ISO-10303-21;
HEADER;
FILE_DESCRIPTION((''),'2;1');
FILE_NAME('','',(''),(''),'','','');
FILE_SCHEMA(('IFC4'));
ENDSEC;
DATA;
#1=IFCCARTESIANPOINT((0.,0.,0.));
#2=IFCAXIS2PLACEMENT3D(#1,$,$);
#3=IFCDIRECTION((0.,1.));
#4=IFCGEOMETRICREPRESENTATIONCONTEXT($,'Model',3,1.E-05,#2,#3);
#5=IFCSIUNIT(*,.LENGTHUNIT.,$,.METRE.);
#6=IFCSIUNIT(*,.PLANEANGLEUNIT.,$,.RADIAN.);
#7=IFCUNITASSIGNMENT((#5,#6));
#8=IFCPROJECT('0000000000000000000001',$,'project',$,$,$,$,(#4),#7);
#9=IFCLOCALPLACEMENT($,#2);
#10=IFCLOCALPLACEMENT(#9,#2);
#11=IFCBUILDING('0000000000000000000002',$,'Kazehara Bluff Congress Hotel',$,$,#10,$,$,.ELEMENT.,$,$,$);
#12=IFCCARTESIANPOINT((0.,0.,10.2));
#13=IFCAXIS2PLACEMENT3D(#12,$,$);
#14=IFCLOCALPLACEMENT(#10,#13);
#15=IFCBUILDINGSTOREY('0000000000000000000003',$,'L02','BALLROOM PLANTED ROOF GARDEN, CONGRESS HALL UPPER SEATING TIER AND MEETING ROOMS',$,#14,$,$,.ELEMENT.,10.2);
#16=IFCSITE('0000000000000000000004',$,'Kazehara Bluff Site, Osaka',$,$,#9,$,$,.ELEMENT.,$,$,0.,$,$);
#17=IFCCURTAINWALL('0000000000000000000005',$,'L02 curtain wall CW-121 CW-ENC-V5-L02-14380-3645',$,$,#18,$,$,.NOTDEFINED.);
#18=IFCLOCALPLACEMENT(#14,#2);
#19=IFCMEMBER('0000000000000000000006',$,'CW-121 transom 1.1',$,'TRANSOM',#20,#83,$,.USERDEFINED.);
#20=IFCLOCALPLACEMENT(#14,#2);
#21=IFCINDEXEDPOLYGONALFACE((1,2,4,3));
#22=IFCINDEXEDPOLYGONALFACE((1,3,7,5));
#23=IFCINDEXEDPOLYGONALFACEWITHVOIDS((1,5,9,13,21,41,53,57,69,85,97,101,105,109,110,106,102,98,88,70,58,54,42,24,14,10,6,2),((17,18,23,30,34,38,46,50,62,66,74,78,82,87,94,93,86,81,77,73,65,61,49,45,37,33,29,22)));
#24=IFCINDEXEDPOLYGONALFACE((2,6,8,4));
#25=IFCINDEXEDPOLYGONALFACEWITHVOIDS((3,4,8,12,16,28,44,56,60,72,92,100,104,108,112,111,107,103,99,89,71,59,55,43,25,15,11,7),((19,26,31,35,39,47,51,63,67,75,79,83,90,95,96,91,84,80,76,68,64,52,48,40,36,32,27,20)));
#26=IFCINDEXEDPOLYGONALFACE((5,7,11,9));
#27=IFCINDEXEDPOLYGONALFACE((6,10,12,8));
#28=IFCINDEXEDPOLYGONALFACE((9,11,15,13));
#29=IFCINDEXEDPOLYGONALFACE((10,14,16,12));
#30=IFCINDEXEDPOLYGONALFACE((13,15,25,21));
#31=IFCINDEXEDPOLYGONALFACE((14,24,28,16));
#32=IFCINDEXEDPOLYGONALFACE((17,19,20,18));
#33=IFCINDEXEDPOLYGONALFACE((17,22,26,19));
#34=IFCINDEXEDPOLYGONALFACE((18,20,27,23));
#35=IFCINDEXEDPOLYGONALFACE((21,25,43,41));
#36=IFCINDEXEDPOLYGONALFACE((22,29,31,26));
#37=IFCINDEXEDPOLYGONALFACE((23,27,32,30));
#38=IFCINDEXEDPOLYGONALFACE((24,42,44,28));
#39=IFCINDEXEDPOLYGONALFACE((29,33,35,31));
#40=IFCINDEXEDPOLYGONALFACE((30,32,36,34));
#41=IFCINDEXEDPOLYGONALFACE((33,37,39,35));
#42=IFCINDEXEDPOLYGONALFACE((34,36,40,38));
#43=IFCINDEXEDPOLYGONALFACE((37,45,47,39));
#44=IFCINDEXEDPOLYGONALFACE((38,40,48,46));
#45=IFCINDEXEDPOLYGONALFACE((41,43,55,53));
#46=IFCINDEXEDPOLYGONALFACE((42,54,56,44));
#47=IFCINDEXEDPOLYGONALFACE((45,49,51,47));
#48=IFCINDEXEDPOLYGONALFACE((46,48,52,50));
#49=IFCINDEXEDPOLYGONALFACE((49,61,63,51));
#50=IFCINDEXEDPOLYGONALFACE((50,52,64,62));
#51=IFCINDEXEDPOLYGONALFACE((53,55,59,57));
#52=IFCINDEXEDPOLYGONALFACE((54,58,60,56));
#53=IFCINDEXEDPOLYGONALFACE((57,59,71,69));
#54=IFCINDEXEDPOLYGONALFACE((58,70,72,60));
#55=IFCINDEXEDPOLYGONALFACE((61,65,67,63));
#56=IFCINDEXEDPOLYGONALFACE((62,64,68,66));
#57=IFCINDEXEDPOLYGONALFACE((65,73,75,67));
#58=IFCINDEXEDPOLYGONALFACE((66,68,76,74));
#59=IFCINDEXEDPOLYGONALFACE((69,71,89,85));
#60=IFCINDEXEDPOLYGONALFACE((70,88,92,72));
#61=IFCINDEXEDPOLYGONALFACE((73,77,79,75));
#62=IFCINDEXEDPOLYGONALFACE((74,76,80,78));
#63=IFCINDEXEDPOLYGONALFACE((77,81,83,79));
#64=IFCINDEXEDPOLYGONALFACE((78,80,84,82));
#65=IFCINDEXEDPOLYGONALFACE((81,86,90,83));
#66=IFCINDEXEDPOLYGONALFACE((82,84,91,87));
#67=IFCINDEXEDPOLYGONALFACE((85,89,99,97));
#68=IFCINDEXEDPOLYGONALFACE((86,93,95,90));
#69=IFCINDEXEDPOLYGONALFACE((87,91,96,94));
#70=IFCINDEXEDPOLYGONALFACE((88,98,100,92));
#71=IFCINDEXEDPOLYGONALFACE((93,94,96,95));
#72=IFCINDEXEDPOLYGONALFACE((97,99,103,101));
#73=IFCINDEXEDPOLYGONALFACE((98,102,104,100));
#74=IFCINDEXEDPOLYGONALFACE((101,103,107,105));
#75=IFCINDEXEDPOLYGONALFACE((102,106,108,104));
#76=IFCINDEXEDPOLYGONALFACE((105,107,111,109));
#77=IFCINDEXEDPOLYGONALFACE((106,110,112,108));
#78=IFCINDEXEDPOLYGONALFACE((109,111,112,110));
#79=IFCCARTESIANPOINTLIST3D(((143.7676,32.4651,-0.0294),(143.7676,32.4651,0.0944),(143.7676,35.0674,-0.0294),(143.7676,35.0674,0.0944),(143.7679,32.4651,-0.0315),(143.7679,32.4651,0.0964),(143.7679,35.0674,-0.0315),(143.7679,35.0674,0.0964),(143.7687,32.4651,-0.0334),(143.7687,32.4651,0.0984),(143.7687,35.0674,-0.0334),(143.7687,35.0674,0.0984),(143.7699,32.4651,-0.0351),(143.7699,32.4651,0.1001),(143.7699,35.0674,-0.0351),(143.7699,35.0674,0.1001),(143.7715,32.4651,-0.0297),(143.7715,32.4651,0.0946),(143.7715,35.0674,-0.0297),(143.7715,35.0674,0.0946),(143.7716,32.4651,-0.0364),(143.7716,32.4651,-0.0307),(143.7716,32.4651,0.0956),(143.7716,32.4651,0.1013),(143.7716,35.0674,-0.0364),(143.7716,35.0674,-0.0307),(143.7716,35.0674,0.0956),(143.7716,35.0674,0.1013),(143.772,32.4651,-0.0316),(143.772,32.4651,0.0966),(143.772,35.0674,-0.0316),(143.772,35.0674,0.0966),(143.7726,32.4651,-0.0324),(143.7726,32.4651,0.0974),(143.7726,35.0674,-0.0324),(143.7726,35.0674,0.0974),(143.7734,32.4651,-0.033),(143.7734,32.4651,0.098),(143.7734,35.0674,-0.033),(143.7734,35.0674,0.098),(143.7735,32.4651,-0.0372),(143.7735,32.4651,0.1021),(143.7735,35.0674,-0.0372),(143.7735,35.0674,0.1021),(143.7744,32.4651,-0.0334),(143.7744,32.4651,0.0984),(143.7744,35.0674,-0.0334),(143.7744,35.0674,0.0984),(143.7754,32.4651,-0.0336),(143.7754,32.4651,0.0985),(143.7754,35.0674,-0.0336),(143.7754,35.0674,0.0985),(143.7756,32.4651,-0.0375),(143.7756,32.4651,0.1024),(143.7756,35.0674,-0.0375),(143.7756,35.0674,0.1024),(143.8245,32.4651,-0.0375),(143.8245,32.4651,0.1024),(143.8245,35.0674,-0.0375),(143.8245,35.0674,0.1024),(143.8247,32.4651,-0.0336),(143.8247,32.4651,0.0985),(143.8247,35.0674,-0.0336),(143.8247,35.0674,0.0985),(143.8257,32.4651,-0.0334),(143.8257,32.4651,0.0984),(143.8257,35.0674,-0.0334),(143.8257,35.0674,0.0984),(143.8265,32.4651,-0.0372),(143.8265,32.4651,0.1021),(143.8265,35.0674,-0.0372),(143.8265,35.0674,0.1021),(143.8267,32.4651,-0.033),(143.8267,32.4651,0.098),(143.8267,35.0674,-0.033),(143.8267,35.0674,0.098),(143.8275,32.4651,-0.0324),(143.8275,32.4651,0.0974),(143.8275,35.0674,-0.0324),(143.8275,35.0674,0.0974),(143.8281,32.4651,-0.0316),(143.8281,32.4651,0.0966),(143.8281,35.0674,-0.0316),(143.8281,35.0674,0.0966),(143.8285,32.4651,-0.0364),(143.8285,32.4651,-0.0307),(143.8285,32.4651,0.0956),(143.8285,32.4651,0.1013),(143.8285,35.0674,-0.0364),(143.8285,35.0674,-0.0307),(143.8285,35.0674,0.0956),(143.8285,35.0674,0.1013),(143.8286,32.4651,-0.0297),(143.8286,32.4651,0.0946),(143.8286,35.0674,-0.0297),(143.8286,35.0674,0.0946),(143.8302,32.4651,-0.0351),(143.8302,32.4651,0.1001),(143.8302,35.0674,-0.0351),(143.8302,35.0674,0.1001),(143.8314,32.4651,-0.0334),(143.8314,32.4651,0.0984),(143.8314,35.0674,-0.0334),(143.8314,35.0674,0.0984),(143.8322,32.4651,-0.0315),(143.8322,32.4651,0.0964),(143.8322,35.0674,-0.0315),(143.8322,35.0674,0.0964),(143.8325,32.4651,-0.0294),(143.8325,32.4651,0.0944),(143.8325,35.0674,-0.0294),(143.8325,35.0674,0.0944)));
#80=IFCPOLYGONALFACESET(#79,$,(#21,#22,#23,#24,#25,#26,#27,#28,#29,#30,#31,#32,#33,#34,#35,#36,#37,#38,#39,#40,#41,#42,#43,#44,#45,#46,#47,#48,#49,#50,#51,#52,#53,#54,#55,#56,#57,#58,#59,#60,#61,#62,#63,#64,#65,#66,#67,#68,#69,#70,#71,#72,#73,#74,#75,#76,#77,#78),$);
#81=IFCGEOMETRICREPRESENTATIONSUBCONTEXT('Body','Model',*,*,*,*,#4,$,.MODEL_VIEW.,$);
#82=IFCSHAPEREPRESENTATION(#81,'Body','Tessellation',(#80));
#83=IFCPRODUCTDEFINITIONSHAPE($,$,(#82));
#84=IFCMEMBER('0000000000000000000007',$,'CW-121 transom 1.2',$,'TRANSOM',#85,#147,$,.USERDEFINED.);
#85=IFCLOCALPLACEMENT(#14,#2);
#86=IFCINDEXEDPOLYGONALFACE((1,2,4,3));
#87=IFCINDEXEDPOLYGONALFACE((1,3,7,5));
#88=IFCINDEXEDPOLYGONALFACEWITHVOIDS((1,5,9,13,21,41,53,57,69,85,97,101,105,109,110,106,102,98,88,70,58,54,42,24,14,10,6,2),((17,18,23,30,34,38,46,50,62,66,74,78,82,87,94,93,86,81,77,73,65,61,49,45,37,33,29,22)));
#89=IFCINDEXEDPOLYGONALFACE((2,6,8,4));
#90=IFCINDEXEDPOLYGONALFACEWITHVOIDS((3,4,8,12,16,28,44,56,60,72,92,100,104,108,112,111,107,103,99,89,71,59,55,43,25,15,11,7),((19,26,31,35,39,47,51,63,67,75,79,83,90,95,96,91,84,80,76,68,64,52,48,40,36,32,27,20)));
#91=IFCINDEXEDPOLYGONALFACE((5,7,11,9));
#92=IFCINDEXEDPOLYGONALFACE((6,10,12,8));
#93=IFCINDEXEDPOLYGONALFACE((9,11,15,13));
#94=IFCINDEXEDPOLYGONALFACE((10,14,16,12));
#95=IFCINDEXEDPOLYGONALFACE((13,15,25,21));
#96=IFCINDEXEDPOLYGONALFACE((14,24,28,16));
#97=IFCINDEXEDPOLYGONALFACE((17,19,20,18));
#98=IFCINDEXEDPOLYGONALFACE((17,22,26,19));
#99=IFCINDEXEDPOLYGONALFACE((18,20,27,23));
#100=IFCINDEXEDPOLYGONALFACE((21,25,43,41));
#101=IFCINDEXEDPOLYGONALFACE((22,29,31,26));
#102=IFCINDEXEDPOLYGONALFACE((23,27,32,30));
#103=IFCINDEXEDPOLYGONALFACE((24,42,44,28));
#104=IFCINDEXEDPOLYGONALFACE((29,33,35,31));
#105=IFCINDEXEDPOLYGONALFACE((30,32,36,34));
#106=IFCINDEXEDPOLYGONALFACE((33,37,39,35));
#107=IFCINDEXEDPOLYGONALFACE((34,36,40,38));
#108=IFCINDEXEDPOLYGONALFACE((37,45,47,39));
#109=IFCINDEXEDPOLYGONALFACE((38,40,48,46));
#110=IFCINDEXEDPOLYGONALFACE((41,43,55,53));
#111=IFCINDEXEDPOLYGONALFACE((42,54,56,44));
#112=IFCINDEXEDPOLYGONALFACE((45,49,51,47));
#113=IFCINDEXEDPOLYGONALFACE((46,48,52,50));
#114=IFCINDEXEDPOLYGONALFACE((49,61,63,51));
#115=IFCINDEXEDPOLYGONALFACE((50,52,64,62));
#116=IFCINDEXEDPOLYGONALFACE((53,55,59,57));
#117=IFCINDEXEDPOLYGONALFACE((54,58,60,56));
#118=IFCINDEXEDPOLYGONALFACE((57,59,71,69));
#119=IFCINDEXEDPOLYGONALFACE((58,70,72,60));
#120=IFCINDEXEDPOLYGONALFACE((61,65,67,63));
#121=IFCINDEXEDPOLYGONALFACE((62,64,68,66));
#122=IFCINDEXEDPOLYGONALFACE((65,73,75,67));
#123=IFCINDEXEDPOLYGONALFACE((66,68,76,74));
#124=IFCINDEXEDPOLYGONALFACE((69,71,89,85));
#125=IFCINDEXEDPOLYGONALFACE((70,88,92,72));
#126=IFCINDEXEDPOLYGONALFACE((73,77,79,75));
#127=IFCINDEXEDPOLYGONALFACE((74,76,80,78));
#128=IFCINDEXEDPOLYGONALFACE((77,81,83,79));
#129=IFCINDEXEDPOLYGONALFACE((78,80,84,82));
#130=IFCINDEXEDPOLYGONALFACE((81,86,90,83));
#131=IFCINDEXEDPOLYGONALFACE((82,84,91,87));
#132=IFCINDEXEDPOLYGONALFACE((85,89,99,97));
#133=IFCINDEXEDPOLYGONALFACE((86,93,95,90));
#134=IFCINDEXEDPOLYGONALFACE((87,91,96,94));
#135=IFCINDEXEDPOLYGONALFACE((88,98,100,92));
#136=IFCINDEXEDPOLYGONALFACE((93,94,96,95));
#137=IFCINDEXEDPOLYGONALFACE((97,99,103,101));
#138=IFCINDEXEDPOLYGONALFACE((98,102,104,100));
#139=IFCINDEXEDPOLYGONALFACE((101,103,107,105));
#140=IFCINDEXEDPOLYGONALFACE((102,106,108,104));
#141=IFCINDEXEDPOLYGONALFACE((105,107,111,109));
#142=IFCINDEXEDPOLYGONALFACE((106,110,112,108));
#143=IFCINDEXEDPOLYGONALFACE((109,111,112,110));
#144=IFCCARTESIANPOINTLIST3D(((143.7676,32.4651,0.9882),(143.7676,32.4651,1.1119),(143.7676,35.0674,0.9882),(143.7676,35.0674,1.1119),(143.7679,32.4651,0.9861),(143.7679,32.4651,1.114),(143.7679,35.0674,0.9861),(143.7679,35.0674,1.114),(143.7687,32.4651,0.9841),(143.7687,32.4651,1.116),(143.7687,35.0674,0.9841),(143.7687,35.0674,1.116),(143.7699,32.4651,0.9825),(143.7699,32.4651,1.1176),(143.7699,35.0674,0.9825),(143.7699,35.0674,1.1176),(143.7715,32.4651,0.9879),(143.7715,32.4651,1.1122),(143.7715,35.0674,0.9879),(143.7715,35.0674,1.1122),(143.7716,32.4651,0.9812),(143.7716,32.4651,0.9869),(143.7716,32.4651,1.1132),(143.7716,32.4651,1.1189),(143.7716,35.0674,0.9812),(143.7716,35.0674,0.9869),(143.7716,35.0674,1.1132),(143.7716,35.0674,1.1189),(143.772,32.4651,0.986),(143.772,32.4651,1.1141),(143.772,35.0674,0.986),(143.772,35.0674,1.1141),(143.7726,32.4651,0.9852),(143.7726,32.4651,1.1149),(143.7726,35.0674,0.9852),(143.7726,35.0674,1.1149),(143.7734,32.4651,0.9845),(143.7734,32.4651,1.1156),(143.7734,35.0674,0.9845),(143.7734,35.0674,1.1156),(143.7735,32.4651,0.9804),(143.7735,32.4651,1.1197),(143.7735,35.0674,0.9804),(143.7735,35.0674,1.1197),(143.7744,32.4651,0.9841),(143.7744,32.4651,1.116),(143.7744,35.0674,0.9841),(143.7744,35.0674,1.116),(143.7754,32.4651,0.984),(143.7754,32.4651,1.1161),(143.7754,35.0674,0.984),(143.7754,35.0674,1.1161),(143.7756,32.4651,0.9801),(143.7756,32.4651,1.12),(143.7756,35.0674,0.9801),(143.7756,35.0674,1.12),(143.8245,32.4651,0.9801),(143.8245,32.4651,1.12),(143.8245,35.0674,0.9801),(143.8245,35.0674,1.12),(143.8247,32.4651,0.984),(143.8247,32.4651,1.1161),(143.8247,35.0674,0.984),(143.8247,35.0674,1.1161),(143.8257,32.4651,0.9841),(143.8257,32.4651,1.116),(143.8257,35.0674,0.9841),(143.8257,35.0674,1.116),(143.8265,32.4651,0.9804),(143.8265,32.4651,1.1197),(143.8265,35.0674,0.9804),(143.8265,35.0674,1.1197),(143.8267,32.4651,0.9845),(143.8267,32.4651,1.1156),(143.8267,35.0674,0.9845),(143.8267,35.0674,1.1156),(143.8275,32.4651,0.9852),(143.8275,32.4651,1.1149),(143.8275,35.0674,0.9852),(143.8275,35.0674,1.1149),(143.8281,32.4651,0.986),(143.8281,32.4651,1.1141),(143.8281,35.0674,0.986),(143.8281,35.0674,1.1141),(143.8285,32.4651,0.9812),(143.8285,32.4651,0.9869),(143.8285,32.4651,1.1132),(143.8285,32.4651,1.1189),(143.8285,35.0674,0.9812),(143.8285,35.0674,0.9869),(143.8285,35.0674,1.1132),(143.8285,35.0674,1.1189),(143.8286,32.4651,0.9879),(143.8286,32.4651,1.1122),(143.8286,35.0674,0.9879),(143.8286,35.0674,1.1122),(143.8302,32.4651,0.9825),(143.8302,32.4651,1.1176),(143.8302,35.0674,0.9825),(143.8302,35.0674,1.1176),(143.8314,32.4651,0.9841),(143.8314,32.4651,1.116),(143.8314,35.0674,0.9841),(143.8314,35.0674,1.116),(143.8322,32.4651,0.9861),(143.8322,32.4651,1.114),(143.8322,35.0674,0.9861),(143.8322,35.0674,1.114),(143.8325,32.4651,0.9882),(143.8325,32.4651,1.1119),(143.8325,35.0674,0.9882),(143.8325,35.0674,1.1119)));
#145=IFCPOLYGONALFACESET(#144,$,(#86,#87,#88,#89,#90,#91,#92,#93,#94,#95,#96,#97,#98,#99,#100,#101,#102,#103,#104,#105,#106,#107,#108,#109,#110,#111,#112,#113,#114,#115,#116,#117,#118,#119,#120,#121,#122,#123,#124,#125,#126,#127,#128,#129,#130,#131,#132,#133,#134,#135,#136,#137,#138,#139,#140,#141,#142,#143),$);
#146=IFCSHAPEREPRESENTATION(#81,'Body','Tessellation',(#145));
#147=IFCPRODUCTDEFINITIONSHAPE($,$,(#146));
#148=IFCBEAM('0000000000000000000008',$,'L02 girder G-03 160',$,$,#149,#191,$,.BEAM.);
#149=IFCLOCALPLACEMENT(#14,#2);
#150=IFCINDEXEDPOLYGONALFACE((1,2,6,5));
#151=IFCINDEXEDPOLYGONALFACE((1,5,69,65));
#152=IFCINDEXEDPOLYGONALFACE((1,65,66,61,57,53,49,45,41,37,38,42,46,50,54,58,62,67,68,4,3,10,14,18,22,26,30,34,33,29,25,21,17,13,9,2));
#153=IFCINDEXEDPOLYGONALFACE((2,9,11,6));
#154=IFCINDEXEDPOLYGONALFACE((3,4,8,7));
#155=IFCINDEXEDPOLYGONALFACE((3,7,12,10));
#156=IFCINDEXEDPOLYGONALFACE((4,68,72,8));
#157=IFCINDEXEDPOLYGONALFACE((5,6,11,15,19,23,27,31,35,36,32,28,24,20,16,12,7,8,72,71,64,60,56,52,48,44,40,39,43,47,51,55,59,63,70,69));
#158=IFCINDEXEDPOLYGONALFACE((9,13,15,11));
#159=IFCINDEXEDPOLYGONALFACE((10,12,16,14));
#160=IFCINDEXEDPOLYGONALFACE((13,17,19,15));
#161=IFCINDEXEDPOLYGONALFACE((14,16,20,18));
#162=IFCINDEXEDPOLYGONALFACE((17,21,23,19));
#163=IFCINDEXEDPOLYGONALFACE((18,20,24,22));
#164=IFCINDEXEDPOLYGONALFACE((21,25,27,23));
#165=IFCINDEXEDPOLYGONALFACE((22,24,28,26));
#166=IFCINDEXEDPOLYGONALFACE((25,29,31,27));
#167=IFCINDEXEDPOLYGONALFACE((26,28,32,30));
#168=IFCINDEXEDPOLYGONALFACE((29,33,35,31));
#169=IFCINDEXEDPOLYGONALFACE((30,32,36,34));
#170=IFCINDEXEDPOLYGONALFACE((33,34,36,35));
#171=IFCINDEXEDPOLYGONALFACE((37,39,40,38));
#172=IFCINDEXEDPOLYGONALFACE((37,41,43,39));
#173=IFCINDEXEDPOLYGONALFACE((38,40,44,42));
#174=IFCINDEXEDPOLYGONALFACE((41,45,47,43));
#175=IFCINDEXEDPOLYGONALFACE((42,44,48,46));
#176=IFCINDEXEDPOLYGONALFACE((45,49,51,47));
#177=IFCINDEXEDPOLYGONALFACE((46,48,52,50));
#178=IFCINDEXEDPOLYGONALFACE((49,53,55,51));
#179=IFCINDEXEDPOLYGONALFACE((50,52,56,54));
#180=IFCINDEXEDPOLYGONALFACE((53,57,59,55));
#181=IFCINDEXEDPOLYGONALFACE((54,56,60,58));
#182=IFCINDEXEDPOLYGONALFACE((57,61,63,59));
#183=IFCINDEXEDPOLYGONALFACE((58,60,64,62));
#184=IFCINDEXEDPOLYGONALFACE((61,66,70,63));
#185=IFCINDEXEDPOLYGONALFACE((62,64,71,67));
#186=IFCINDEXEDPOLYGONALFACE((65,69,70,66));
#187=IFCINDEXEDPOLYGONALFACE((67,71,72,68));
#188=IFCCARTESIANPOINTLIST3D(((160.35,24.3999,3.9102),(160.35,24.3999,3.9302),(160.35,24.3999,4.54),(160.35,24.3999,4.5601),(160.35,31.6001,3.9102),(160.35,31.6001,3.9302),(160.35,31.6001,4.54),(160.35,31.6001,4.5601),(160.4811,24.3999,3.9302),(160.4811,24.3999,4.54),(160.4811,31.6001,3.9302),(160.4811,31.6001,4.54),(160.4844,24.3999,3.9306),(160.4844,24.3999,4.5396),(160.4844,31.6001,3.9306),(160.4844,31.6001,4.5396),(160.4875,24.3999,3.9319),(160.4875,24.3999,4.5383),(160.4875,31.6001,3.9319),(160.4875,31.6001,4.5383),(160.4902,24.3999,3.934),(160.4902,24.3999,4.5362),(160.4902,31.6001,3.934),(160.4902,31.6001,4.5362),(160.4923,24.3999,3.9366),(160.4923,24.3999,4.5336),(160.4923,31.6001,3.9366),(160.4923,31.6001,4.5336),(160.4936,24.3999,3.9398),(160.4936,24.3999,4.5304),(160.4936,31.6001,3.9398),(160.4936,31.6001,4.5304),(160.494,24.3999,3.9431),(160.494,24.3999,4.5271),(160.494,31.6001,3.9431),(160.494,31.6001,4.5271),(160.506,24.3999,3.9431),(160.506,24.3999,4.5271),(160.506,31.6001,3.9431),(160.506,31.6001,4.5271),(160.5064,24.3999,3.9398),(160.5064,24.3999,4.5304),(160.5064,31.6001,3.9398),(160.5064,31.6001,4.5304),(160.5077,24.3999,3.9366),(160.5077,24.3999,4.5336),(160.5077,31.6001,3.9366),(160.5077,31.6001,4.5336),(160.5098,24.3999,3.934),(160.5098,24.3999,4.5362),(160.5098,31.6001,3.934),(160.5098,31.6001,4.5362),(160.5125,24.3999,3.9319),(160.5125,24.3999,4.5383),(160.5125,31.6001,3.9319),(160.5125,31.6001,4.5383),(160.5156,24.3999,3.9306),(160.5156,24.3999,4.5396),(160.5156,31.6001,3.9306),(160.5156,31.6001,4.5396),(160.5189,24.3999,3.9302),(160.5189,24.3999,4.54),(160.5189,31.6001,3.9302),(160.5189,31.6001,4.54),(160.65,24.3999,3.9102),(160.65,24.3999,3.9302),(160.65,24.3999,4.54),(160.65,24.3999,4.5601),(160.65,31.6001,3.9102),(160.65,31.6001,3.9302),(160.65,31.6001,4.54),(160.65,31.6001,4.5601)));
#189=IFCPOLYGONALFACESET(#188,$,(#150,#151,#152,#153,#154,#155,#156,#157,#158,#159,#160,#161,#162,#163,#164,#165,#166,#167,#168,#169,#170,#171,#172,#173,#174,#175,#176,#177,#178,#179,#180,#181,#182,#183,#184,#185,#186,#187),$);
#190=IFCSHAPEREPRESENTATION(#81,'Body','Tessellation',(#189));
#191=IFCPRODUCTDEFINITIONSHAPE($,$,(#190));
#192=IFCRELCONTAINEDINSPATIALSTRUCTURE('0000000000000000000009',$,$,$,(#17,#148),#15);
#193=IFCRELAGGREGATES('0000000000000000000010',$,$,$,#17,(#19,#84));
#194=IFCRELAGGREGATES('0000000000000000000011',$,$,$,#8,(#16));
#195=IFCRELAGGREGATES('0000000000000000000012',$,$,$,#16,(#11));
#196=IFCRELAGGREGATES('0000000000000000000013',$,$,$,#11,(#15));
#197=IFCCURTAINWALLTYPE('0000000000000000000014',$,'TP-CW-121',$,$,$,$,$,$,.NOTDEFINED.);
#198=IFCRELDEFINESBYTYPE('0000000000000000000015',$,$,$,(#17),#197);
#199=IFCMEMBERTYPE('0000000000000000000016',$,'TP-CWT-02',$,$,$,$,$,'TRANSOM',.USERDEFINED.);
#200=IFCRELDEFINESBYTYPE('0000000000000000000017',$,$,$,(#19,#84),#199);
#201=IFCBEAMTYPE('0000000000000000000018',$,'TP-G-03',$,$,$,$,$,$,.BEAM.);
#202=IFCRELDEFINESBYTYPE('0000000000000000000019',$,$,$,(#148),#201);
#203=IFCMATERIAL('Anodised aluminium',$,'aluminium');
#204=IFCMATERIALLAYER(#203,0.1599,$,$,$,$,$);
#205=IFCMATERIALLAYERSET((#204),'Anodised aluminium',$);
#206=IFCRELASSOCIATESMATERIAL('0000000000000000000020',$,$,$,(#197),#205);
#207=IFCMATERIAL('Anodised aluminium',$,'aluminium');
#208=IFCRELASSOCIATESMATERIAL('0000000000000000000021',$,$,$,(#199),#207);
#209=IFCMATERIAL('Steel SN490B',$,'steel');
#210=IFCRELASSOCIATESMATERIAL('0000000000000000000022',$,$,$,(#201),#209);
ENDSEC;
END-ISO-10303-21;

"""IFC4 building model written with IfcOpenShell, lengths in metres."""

from ifc_helpers import new_model, si_unit, direction, frame, origin, origin_2d, place, context, subcontext, project, spatial, hollow_rectangle, i_section, extrude, material, layer, layer_set, material_profile, profile_set, type_object, element, aggregate, save


model = new_model("IFC4")

# Units and contexts
model_context = context("Model", 3, precision=1e-05, world=origin(), true_north=direction((0.0, 1.0)))
body_context = subcontext(model_context, "Body", "Model", "MODEL_VIEW")
ifc_project = project(units=[si_unit("LENGTHUNIT", "METRE"), si_unit("PLANEANGLEUNIT", "RADIAN")], contexts=[model_context])

# Site, building, storey
site_placement = place(None, origin())
site = spatial("IfcSite", under=ifc_project, at=site_placement, Name="Kazehara Bluff Site, Osaka", CompositionType="ELEMENT", RefElevation=0.0)
building_placement = place(site_placement, origin())
building = spatial("IfcBuilding", under=site, at=building_placement, Name="Kazehara Bluff Congress Hotel", CompositionType="ELEMENT")
storey_placement = place(building_placement, frame((0.0, 0.0, 10.2)))
storey = spatial("IfcBuildingStorey", under=building, at=storey_placement, Name="L02", Description="BALLROOM PLANTED ROOF GARDEN, CONGRESS HALL UPPER SEATING TIER AND MEETING ROOMS", CompositionType="ELEMENT", Elevation=10.2)

# Curtain wall, members
ifc_material_1 = material(Name="Anodised aluminium", Category="aluminium")
ifc_layer_1 = layer(ifc_material_1, 0.1599)
ifc_layer_set_1 = layer_set([ifc_layer_1], Name="Anodised aluminium")
curtain_wall_type = type_object("IfcCurtainWallType", Name="TP-CW-121", PredefinedType="NOTDEFINED", material=ifc_layer_set_1)
curtain_wall_placement = place(storey_placement, origin())
curtain_wall = element("IfcCurtainWall", 1, at=curtain_wall_placement, inside=storey, type_object=curtain_wall_type, Name="L02 curtain wall CW-121 CW-ENC-V5-L02-14380-3645", PredefinedType="NOTDEFINED")
ifc_material_2 = material(Name="Anodised aluminium", Category="aluminium")
ifc_material_profile_1 = material_profile(ifc_material_2, hollow_rectangle(XDim=0.0649, YDim=0.1399, WallThickness=0.0039, InnerFilletRadius=0.0039, OuterFilletRadius=0.0081, at=origin_2d()))
ifc_profile_set_1 = profile_set([ifc_material_profile_1], Name="Anodised aluminium")
member_type_1 = type_object("IfcMemberType", Name="TP-CWT-02", ElementType="TRANSOM", PredefinedType="USERDEFINED", material=ifc_profile_set_1)
member_1_placement = place(storey_placement, frame((143.8, 32.4651, 0.0325), z_axis=(0.0, 1.0, 0.0), x_axis=(-1.0, 0.0, 0.0)))
member_1 = element("IfcMember", 2, at=member_1_placement, type_object=member_type_1, Name="CW-121 transom 1.1", ObjectType="TRANSOM", PredefinedType="USERDEFINED", context=body_context, shape_type="SweptSolid", body=[
    extrude(hollow_rectangle(XDim=0.0649, YDim=0.1399, WallThickness=0.0039, InnerFilletRadius=0.0039, OuterFilletRadius=0.0081, at=origin_2d()), origin(), (0.0, 0.0, 1.0), 2.6023),
])
member_2_placement = place(storey_placement, frame((143.8, 32.4651, 1.05), z_axis=(0.0, 1.0, 0.0), x_axis=(-1.0, 0.0, 0.0)))
member_2 = element("IfcMember", 3, at=member_2_placement, type_object=member_type_1, Name="CW-121 transom 1.2", ObjectType="TRANSOM", PredefinedType="USERDEFINED", context=body_context, shape_type="SweptSolid", body=[
    extrude(hollow_rectangle(XDim=0.0649, YDim=0.1399, WallThickness=0.0039, InnerFilletRadius=0.0039, OuterFilletRadius=0.0081, at=origin_2d()), origin(), (0.0, 0.0, 1.0), 2.6023),
])
aggregate(curtain_wall, [member_1, member_2])

# Beam
ifc_material_3 = material(Name="Steel SN490B", Category="steel")
ifc_material_profile_2 = material_profile(ifc_material_3, i_section(OverallWidth=0.3, OverallDepth=0.6499, WebThickness=0.012, FlangeThickness=0.02, FilletRadius=0.0129, at=origin_2d()))
ifc_profile_set_2 = profile_set([ifc_material_profile_2], Name="Steel SN490B")
beam_type_1 = type_object("IfcBeamType", Name="TP-G-03", PredefinedType="BEAM", material=ifc_profile_set_2)
beam_1_placement = place(storey_placement, frame((160.5, 24.3999, 4.2351), z_axis=(0.0, 1.0, 0.0), x_axis=(-1.0, 0.0, 0.0)))
element("IfcBeam", 4, at=beam_1_placement, inside=storey, type_object=beam_type_1, Name="L02 girder G-03 160", PredefinedType="BEAM", context=body_context, shape_type="SweptSolid", body=[
    extrude(i_section(OverallWidth=0.3, OverallDepth=0.6499, WebThickness=0.012, FlangeThickness=0.02, FilletRadius=0.0129, at=origin_2d()), origin(), (0.0, 0.0, 1.0), 7.2002),
])

save(model, "model.ifc")
